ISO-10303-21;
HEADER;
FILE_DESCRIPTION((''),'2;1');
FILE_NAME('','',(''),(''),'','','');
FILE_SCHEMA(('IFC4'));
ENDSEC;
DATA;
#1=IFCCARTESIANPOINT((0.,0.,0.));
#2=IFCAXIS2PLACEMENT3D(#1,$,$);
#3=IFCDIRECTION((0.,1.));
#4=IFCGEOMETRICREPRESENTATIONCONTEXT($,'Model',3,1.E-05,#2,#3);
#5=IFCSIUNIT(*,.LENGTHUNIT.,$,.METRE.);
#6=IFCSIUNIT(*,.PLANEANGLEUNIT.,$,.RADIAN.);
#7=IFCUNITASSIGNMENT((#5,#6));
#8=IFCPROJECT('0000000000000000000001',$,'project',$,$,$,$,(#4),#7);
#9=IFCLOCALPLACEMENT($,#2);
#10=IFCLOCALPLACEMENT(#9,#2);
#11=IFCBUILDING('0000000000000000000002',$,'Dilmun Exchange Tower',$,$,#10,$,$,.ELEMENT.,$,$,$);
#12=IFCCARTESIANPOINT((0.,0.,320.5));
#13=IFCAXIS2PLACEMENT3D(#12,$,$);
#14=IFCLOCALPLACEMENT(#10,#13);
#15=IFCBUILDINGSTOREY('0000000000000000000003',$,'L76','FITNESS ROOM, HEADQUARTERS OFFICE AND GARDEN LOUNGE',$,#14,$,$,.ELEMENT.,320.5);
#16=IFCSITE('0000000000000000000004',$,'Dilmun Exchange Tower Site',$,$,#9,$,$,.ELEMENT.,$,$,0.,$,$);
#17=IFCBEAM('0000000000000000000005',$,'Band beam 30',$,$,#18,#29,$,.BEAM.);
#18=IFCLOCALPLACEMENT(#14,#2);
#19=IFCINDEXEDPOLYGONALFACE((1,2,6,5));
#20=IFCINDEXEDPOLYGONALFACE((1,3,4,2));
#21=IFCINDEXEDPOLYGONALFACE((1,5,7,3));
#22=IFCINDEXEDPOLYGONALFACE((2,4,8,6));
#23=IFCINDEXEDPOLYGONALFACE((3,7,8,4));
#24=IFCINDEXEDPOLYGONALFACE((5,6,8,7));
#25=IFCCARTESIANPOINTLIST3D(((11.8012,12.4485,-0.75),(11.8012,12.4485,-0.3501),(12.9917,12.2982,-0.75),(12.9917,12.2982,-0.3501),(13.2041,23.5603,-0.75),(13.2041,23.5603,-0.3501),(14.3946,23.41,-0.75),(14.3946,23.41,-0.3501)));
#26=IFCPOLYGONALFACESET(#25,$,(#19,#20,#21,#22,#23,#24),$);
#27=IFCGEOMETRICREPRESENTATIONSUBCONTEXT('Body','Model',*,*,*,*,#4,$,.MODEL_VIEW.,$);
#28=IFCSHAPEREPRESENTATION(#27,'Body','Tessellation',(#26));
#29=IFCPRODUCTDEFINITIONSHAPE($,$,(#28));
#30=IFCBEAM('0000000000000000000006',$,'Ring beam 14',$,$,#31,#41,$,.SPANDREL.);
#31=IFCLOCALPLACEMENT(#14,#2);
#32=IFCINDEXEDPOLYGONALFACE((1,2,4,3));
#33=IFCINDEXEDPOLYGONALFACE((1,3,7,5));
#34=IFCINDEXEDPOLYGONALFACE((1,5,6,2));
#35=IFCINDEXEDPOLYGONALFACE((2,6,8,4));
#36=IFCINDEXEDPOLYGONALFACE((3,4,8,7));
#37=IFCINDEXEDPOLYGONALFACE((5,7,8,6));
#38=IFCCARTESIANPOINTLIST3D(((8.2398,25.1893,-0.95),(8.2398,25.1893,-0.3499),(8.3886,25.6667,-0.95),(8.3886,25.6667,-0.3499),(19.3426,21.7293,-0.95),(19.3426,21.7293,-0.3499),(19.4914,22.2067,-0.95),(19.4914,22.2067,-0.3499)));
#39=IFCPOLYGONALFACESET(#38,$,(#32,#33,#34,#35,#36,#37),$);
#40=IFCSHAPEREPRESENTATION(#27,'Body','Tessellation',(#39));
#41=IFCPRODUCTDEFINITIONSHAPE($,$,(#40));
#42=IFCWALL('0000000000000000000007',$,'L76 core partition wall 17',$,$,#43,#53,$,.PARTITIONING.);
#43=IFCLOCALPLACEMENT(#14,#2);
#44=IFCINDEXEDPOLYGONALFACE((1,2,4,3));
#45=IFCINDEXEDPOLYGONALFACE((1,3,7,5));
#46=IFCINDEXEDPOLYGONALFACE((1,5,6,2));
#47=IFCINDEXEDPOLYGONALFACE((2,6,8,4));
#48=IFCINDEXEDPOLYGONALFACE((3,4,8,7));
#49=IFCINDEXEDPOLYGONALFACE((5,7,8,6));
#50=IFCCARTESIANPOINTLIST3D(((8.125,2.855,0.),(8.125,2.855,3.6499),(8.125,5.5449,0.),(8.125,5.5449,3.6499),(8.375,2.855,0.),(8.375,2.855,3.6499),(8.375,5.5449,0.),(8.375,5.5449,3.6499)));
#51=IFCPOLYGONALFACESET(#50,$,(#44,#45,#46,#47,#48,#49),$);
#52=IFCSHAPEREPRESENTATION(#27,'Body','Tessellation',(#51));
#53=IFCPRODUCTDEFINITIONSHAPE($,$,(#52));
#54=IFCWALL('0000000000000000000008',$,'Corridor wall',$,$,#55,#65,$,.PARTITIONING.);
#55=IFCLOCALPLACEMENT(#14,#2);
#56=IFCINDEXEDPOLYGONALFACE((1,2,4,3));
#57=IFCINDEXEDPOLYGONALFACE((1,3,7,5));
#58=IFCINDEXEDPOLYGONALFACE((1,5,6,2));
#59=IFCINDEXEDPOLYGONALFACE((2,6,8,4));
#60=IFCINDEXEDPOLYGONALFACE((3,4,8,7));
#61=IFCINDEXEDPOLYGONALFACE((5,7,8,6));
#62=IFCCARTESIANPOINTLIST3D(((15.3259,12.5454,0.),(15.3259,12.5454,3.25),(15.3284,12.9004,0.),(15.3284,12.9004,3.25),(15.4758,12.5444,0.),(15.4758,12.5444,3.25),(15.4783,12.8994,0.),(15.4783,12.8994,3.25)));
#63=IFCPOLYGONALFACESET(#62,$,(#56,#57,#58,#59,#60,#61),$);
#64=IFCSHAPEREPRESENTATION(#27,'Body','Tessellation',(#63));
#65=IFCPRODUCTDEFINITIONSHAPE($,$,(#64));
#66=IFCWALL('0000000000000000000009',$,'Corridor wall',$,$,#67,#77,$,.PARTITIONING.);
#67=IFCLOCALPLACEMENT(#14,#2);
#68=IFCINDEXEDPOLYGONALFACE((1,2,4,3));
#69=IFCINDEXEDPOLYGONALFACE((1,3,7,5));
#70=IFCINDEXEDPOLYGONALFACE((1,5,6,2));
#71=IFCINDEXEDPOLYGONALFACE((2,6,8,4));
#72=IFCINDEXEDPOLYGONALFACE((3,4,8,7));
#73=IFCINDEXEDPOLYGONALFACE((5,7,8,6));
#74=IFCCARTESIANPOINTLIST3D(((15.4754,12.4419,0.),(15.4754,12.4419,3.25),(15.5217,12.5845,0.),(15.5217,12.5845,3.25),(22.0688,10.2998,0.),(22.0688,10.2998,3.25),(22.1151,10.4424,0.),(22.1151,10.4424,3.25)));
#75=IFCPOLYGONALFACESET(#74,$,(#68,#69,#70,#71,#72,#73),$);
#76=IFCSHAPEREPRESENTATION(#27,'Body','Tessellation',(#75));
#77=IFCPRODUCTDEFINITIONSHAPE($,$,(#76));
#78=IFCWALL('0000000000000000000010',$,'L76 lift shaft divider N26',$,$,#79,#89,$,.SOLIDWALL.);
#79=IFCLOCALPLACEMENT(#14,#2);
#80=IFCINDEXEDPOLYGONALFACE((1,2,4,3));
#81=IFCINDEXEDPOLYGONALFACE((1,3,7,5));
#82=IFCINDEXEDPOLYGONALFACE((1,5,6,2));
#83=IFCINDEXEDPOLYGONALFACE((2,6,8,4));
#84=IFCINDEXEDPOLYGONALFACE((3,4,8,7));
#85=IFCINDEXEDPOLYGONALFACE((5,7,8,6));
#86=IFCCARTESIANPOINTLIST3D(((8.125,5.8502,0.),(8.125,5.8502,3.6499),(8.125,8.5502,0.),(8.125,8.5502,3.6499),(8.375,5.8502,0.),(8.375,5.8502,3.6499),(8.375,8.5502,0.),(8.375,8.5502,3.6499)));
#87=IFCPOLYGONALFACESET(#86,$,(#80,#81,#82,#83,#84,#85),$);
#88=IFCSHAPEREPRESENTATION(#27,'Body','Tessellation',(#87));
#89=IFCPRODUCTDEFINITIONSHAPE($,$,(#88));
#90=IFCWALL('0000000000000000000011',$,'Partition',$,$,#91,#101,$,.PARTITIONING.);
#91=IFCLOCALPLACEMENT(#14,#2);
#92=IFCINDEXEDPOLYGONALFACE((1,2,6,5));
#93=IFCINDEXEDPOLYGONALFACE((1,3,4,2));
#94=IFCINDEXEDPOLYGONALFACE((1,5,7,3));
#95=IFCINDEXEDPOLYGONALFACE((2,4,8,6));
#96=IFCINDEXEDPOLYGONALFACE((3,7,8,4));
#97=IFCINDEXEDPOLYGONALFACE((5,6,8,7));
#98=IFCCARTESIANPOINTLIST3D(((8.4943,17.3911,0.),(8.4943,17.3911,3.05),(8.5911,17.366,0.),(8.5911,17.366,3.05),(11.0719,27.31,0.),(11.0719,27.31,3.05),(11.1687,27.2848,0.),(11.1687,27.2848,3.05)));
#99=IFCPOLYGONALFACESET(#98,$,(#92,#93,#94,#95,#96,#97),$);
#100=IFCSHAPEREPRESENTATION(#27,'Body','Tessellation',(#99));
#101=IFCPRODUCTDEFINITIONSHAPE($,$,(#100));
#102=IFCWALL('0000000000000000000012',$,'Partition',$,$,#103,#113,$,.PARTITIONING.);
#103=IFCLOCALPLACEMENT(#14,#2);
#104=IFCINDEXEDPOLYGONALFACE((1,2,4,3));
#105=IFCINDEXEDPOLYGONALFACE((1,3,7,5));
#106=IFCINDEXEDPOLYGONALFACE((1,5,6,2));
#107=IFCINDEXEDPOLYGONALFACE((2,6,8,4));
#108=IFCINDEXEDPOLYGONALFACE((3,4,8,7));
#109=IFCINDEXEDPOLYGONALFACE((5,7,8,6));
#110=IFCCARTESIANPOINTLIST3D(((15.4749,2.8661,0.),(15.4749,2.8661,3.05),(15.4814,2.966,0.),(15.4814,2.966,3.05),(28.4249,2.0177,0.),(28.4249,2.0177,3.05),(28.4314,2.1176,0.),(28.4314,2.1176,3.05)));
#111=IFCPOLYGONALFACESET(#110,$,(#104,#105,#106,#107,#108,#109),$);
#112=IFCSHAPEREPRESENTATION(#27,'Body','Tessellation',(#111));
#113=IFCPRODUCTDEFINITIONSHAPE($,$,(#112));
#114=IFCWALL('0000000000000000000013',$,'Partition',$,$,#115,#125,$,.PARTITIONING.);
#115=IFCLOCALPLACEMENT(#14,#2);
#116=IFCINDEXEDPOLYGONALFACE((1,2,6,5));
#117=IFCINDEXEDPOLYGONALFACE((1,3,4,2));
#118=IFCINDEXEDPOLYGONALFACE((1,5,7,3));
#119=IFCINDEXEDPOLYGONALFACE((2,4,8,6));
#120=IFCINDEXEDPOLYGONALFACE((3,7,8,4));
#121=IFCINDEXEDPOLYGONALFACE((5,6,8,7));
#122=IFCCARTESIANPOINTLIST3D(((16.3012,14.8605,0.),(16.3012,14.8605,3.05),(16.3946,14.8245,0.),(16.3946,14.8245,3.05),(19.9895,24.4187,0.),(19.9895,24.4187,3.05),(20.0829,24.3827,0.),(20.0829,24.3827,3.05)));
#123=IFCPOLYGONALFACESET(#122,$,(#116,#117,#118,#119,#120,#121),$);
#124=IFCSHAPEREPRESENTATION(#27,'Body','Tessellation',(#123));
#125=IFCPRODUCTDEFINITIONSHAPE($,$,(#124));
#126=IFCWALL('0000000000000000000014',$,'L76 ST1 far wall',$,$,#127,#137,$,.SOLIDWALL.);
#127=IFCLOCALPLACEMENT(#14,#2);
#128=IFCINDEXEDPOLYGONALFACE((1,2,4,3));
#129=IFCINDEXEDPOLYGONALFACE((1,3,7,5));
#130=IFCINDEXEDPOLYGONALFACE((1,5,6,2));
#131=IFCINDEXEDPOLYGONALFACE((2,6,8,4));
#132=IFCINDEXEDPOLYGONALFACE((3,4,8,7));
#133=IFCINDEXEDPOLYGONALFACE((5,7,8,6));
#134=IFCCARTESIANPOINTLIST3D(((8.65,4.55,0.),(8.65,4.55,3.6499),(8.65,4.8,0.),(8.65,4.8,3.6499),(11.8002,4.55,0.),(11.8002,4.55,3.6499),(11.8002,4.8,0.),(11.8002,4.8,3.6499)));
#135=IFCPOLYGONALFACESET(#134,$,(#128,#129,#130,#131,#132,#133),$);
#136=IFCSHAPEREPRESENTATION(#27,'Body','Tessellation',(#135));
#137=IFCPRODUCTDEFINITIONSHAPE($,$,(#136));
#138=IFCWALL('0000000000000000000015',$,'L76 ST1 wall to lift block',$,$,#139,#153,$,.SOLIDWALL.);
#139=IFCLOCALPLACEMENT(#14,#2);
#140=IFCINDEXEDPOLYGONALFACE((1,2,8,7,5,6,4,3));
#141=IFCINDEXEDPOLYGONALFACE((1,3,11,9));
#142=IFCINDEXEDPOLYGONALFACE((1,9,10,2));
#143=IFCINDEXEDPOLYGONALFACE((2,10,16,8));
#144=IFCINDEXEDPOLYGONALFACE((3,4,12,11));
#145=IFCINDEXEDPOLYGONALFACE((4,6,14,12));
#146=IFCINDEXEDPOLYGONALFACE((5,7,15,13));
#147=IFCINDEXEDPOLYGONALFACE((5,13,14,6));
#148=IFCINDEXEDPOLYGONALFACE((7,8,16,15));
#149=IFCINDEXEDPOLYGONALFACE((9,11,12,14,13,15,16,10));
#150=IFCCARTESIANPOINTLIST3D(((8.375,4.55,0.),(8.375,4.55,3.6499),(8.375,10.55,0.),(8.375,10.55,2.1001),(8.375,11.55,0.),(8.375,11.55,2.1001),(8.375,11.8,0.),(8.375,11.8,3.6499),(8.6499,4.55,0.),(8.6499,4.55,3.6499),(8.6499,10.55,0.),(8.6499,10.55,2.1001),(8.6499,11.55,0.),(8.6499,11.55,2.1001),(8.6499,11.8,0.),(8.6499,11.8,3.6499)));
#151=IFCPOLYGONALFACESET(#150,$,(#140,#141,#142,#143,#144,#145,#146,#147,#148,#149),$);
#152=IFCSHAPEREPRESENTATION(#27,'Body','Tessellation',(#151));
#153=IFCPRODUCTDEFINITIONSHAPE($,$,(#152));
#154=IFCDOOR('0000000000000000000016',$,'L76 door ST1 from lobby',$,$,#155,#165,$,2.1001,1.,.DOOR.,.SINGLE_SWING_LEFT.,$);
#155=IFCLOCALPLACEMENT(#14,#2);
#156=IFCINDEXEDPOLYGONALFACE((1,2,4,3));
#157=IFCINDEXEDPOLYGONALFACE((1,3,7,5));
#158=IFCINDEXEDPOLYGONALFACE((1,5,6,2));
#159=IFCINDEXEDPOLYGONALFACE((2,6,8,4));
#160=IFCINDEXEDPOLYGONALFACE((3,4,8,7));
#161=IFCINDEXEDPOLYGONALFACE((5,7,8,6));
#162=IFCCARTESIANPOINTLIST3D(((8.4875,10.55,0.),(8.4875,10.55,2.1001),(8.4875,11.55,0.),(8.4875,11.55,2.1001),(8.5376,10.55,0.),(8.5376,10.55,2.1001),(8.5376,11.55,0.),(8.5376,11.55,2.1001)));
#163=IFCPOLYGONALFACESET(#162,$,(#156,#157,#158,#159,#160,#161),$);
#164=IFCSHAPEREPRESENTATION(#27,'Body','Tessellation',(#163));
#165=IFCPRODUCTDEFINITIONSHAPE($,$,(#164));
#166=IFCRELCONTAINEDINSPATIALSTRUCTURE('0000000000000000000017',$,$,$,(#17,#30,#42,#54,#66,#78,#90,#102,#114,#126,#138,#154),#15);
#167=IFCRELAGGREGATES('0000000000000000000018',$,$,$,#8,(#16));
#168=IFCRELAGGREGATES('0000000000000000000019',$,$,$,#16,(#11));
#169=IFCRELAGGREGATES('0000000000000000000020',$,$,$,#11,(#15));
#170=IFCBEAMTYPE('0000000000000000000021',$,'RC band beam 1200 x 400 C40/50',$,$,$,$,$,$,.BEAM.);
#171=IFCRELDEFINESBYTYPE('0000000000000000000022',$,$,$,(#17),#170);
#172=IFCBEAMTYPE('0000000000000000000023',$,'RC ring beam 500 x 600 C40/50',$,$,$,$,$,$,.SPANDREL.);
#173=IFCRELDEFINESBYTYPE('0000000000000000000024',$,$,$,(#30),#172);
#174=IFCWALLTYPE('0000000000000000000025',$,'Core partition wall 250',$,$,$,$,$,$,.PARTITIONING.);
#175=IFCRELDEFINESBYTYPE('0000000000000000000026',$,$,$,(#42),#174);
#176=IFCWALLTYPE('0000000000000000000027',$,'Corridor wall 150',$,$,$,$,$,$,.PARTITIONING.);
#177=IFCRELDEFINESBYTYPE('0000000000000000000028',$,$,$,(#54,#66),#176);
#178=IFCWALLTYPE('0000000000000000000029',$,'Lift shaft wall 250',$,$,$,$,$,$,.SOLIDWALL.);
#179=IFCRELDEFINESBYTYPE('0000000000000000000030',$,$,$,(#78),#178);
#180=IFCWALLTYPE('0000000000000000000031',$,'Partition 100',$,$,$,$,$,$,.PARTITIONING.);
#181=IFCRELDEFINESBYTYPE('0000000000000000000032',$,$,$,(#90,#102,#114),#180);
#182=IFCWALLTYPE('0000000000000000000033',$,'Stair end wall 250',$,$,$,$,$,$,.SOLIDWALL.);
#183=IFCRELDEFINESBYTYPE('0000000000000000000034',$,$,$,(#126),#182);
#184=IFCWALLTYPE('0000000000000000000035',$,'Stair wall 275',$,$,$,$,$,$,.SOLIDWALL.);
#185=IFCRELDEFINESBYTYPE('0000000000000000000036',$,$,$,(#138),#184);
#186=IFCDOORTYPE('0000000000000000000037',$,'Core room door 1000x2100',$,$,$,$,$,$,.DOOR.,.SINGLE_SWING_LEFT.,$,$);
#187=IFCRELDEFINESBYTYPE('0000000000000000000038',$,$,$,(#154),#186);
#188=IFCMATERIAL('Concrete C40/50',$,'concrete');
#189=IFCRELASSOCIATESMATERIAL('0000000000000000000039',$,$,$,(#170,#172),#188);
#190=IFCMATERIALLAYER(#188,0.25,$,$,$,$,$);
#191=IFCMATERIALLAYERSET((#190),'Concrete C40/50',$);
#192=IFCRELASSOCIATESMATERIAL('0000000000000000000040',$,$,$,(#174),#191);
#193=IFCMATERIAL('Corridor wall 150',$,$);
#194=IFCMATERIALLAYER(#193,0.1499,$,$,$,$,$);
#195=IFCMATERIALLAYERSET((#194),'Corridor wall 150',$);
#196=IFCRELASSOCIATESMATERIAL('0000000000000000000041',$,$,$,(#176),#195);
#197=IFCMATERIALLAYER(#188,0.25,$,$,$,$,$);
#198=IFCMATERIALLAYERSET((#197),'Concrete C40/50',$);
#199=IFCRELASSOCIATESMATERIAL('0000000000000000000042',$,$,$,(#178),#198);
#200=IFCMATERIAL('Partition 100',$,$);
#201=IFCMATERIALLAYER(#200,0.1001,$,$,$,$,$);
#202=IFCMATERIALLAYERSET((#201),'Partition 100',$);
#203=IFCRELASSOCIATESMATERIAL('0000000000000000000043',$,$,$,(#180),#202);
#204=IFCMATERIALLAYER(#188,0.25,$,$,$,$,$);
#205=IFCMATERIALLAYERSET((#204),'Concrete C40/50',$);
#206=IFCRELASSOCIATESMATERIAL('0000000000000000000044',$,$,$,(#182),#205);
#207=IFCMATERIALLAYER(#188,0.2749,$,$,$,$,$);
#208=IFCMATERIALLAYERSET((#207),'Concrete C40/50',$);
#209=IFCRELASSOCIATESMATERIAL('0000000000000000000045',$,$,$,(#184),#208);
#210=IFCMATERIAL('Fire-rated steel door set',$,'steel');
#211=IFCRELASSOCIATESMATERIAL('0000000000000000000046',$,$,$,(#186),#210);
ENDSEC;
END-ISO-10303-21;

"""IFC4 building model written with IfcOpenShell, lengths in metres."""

from ifc_helpers import new_model, si_unit, direction, frame, frame_2d, origin, origin_2d, place, context, subcontext, project, spatial, rectangle, extrude, material, layer, layer_set, material_profile, profile_set, type_object, element, fill, save


model = new_model("IFC4")

# Units and contexts
model_context = context("Model", 3, precision=1e-05, world=origin(), true_north=direction((0.0, 1.0)))
body_context = subcontext(model_context, "Body", "Model", "MODEL_VIEW")
ifc_project = project(units=[si_unit("LENGTHUNIT", "METRE"), si_unit("PLANEANGLEUNIT", "RADIAN")], contexts=[model_context])

# Site, building, storey
site_placement = place(None, origin())
site = spatial("IfcSite", under=ifc_project, at=site_placement, Name="Dilmun Exchange Tower Site", CompositionType="ELEMENT", RefElevation=0.0)
building_placement = place(site_placement, origin())
building = spatial("IfcBuilding", under=site, at=building_placement, Name="Dilmun Exchange Tower", CompositionType="ELEMENT")
storey_placement = place(building_placement, frame((0.0, 0.0, 320.5)))
storey = spatial("IfcBuildingStorey", under=building, at=storey_placement, Name="L76", Description="FITNESS ROOM, HEADQUARTERS OFFICE AND GARDEN LOUNGE", CompositionType="ELEMENT", Elevation=320.5)

# Beams
ifc_material_1 = material(Name="Concrete C40/50", Category="concrete")
ifc_material_profile_1 = material_profile(ifc_material_1, rectangle(XDim=1.2, YDim=0.3999, at=origin_2d()), Name="1200 x 400")
ifc_profile_set_1 = profile_set([ifc_material_profile_1], Name="Concrete C40/50")
beam_type_1 = type_object("IfcBeamType", Name="RC band beam 1200 x 400 C40/50", PredefinedType="BEAM", material=ifc_profile_set_1)
beam_1_placement = place(storey_placement, frame((13.7993, 23.4851, -0.55), z_axis=(-0.125253, -0.992125, 0.0), x_axis=(0.992125, -0.125253, 0.0)))
element("IfcBeam", 1, at=beam_1_placement, inside=storey, type_object=beam_type_1, Name="Band beam 30", PredefinedType="BEAM", context=body_context, shape_type="SweptSolid", body=[
    extrude(rectangle(XDim=1.2, YDim=0.3999, at=origin_2d()), origin(), (0.0, 0.0, 1.0), 11.2),
])
ifc_material_profile_2 = material_profile(ifc_material_1, rectangle(XDim=0.5, YDim=0.6001, at=origin_2d()), Name="500 x 600")
ifc_profile_set_2 = profile_set([ifc_material_profile_2], Name="Concrete C40/50")
beam_type_2 = type_object("IfcBeamType", Name="RC ring beam 500 x 600 C40/50", PredefinedType="SPANDREL", material=ifc_profile_set_2)
beam_2_placement = place(storey_placement, frame((19.417, 21.968, -0.6499), z_axis=(-0.954716, 0.297518, 0.0), x_axis=(-0.297518, -0.954716, 0.0)))
element("IfcBeam", 2, at=beam_2_placement, inside=storey, type_object=beam_type_2, Name="Ring beam 14", PredefinedType="SPANDREL", context=body_context, shape_type="SweptSolid", body=[
    extrude(rectangle(XDim=0.5, YDim=0.6001, at=origin_2d()), origin(), (0.0, 0.0, 1.0), 11.6294),
])

# Walls
ifc_layer_1 = layer(ifc_material_1, 0.25)
ifc_layer_set_1 = layer_set([ifc_layer_1], Name="Concrete C40/50")
wall_type_1 = type_object("IfcWallType", Name="Core partition wall 250", PredefinedType="PARTITIONING", material=ifc_layer_set_1)
wall_1_placement = place(storey_placement, frame((8.25, 2.855, 0.0), z_axis=(0.0, 0.0, 1.0), x_axis=(0.0, 1.0, 0.0)))
element("IfcWall", 3, at=wall_1_placement, inside=storey, type_object=wall_type_1, Name="L76 core partition wall 17", PredefinedType="PARTITIONING", context=body_context, shape_type="SweptSolid", body=[
    extrude(rectangle(XDim=2.6899, YDim=0.25, at=frame_2d((1.345, 0.0))), origin(), (0.0, 0.0, 1.0), 3.6499),
])
ifc_material_2 = material(Name="Corridor wall 150")
ifc_layer_2 = layer(ifc_material_2, 0.1499)
ifc_layer_set_2 = layer_set([ifc_layer_2], Name="Corridor wall 150")
wall_type_2 = type_object("IfcWallType", Name="Corridor wall 150", PredefinedType="PARTITIONING", material=ifc_layer_set_2)
wall_2_placement = place(storey_placement, frame((15.4033, 12.8999, 0.0), z_axis=(0.0, 0.0, 1.0), x_axis=(-0.006877, -0.999976, 0.0)))
element("IfcWall", 4, at=wall_2_placement, inside=storey, type_object=wall_type_2, Name="Corridor wall", PredefinedType="PARTITIONING", context=body_context, shape_type="SweptSolid", body=[
    extrude(rectangle(XDim=0.355, YDim=0.1499, at=frame_2d((0.1775, 0.0))), origin(), (0.0, 0.0, 1.0), 3.25),
])
wall_3_placement = place(storey_placement, frame((15.4985, 12.5132, 0.0), z_axis=(0.0, 0.0, 1.0), x_axis=(0.951068, -0.308982, 0.0)))
element("IfcWall", 5, at=wall_3_placement, inside=storey, type_object=wall_type_2, Name="Corridor wall", PredefinedType="PARTITIONING", context=body_context, shape_type="SweptSolid", body=[
    extrude(rectangle(XDim=6.9326, YDim=0.1499, at=frame_2d((3.4663, 0.0))), origin(), (0.0, 0.0, 1.0), 3.25),
])
ifc_layer_3 = layer(ifc_material_1, 0.25)
ifc_layer_set_3 = layer_set([ifc_layer_3], Name="Concrete C40/50")
wall_type_3 = type_object("IfcWallType", Name="Lift shaft wall 250", PredefinedType="SOLIDWALL", material=ifc_layer_set_3)
wall_4_placement = place(storey_placement, frame((8.25, 5.8501, 0.0), z_axis=(0.0, 0.0, 1.0), x_axis=(0.0, 1.0, 0.0)))
element("IfcWall", 6, at=wall_4_placement, inside=storey, type_object=wall_type_3, Name="L76 lift shaft divider N26", PredefinedType="SOLIDWALL", context=body_context, shape_type="SweptSolid", body=[
    extrude(rectangle(XDim=2.7, YDim=0.25, at=frame_2d((1.3501, 0.0))), origin(), (0.0, 0.0, 1.0), 3.6499),
])
ifc_material_3 = material(Name="Partition 100")
ifc_layer_4 = layer(ifc_material_3, 0.1001)
ifc_layer_set_4 = layer_set([ifc_layer_4], Name="Partition 100")
wall_type_4 = type_object("IfcWallType", Name="Partition 100", PredefinedType="PARTITIONING", material=ifc_layer_set_4)
wall_5_placement = place(storey_placement, frame((8.5427, 17.3787, 0.0), z_axis=(0.0, 0.0, 1.0), x_axis=(0.251516, 0.967853, 0.0)))
element("IfcWall", 7, at=wall_5_placement, inside=storey, type_object=wall_type_4, Name="Partition", PredefinedType="PARTITIONING", context=body_context, shape_type="SweptSolid", body=[
    extrude(rectangle(XDim=10.2483, YDim=0.1001, at=frame_2d((5.124, 0.0))), origin(), (0.0, 0.0, 1.0), 3.05),
])
wall_6_placement = place(storey_placement, frame((15.4783, 2.916, 0.0), z_axis=(0.0, 0.0, 1.0), x_axis=(0.997861, -0.065373, 0.0)))
element("IfcWall", 8, at=wall_6_placement, inside=storey, type_object=wall_type_4, Name="Partition", PredefinedType="PARTITIONING", context=body_context, shape_type="SweptSolid", body=[
    extrude(rectangle(XDim=12.9778, YDim=0.1001, at=frame_2d((6.4888, 0.0))), origin(), (0.0, 0.0, 1.0), 3.05),
])
wall_7_placement = place(storey_placement, frame((16.3479, 14.8425, 0.0), z_axis=(0.0, 0.0, 1.0), x_axis=(0.360002, 0.932951, 0.0)))
element("IfcWall", 9, at=wall_7_placement, inside=storey, type_object=wall_type_4, Name="Partition", PredefinedType="PARTITIONING", context=body_context, shape_type="SweptSolid", body=[
    extrude(rectangle(XDim=10.2451, YDim=0.1001, at=frame_2d((5.1226, 0.0))), origin(), (0.0, 0.0, 1.0), 3.05),
])
ifc_layer_5 = layer(ifc_material_1, 0.25)
ifc_layer_set_5 = layer_set([ifc_layer_5], Name="Concrete C40/50")
wall_type_5 = type_object("IfcWallType", Name="Stair end wall 250", PredefinedType="SOLIDWALL", material=ifc_layer_set_5)
wall_8_placement = place(storey_placement, frame((8.6499, 4.675, 0.0), z_axis=(0.0, 0.0, 1.0), x_axis=(1.0, 0.0, 0.0)))
element("IfcWall", 10, at=wall_8_placement, inside=storey, type_object=wall_type_5, Name="L76 ST1 far wall", PredefinedType="SOLIDWALL", context=body_context, shape_type="SweptSolid", body=[
    extrude(rectangle(XDim=3.1501, YDim=0.25, at=frame_2d((1.5752, 0.0))), origin(), (0.0, 0.0, 1.0), 3.6499),
])

# Wall, opening, door
ifc_layer_6 = layer(ifc_material_1, 0.2749)
ifc_layer_set_6 = layer_set([ifc_layer_6], Name="Concrete C40/50")
wall_type_6 = type_object("IfcWallType", Name="Stair wall 275", PredefinedType="SOLIDWALL", material=ifc_layer_set_6)
wall_9_placement = place(storey_placement, frame((8.5125, 4.55, 0.0), z_axis=(0.0, 0.0, 1.0), x_axis=(0.0, 1.0, 0.0)))
wall_9 = element("IfcWall", 11, at=wall_9_placement, inside=storey, type_object=wall_type_6, Name="L76 ST1 wall to lift block", PredefinedType="SOLIDWALL", context=body_context, shape_type="SweptSolid", body=[
    extrude(rectangle(XDim=7.25, YDim=0.2749, at=frame_2d((3.625, 0.0))), origin(), (0.0, 0.0, 1.0), 3.6499),
])
opening_placement = place(wall_9_placement, frame((6.0, 0.0, 0.0)))
opening = element("IfcOpeningElement", 12, at=opening_placement, cuts=wall_9, PredefinedType="OPENING", context=body_context, shape_type="SweptSolid", body=[
    extrude(rectangle(XDim=1.0, YDim=2.1001, at=frame_2d((0.5, 1.05))), frame((0.0, 0.1475, 0.0), z_axis=(0.0, -1.0, 0.0), x_axis=(1.0, 0.0, 0.0)), (0.0, 0.0, 1.0), 0.2949),
])
ifc_material_4 = material(Name="Fire-rated steel door set", Category="steel")
door_type = type_object("IfcDoorType", Name="Core room door 1000x2100", OperationType="SINGLE_SWING_LEFT", PredefinedType="DOOR", material=ifc_material_4)
door_placement = place(opening_placement, origin())
door = element("IfcDoor", 13, at=door_placement, inside=storey, type_object=door_type, Name="L76 door ST1 from lobby", OperationType="SINGLE_SWING_LEFT", OverallHeight=2.1001, OverallWidth=1.0, PredefinedType="DOOR", context=body_context, shape_type="SweptSolid", body=[
    extrude(rectangle(XDim=1.0, YDim=2.1001, at=frame_2d((0.5, 1.05))), frame((0.0, 0.0249, 0.0), z_axis=(0.0, -1.0, 0.0), x_axis=(1.0, 0.0, 0.0)), (0.0, 0.0, 1.0), 0.05),
])
fill(opening, door)

save(model, "model.ifc")
